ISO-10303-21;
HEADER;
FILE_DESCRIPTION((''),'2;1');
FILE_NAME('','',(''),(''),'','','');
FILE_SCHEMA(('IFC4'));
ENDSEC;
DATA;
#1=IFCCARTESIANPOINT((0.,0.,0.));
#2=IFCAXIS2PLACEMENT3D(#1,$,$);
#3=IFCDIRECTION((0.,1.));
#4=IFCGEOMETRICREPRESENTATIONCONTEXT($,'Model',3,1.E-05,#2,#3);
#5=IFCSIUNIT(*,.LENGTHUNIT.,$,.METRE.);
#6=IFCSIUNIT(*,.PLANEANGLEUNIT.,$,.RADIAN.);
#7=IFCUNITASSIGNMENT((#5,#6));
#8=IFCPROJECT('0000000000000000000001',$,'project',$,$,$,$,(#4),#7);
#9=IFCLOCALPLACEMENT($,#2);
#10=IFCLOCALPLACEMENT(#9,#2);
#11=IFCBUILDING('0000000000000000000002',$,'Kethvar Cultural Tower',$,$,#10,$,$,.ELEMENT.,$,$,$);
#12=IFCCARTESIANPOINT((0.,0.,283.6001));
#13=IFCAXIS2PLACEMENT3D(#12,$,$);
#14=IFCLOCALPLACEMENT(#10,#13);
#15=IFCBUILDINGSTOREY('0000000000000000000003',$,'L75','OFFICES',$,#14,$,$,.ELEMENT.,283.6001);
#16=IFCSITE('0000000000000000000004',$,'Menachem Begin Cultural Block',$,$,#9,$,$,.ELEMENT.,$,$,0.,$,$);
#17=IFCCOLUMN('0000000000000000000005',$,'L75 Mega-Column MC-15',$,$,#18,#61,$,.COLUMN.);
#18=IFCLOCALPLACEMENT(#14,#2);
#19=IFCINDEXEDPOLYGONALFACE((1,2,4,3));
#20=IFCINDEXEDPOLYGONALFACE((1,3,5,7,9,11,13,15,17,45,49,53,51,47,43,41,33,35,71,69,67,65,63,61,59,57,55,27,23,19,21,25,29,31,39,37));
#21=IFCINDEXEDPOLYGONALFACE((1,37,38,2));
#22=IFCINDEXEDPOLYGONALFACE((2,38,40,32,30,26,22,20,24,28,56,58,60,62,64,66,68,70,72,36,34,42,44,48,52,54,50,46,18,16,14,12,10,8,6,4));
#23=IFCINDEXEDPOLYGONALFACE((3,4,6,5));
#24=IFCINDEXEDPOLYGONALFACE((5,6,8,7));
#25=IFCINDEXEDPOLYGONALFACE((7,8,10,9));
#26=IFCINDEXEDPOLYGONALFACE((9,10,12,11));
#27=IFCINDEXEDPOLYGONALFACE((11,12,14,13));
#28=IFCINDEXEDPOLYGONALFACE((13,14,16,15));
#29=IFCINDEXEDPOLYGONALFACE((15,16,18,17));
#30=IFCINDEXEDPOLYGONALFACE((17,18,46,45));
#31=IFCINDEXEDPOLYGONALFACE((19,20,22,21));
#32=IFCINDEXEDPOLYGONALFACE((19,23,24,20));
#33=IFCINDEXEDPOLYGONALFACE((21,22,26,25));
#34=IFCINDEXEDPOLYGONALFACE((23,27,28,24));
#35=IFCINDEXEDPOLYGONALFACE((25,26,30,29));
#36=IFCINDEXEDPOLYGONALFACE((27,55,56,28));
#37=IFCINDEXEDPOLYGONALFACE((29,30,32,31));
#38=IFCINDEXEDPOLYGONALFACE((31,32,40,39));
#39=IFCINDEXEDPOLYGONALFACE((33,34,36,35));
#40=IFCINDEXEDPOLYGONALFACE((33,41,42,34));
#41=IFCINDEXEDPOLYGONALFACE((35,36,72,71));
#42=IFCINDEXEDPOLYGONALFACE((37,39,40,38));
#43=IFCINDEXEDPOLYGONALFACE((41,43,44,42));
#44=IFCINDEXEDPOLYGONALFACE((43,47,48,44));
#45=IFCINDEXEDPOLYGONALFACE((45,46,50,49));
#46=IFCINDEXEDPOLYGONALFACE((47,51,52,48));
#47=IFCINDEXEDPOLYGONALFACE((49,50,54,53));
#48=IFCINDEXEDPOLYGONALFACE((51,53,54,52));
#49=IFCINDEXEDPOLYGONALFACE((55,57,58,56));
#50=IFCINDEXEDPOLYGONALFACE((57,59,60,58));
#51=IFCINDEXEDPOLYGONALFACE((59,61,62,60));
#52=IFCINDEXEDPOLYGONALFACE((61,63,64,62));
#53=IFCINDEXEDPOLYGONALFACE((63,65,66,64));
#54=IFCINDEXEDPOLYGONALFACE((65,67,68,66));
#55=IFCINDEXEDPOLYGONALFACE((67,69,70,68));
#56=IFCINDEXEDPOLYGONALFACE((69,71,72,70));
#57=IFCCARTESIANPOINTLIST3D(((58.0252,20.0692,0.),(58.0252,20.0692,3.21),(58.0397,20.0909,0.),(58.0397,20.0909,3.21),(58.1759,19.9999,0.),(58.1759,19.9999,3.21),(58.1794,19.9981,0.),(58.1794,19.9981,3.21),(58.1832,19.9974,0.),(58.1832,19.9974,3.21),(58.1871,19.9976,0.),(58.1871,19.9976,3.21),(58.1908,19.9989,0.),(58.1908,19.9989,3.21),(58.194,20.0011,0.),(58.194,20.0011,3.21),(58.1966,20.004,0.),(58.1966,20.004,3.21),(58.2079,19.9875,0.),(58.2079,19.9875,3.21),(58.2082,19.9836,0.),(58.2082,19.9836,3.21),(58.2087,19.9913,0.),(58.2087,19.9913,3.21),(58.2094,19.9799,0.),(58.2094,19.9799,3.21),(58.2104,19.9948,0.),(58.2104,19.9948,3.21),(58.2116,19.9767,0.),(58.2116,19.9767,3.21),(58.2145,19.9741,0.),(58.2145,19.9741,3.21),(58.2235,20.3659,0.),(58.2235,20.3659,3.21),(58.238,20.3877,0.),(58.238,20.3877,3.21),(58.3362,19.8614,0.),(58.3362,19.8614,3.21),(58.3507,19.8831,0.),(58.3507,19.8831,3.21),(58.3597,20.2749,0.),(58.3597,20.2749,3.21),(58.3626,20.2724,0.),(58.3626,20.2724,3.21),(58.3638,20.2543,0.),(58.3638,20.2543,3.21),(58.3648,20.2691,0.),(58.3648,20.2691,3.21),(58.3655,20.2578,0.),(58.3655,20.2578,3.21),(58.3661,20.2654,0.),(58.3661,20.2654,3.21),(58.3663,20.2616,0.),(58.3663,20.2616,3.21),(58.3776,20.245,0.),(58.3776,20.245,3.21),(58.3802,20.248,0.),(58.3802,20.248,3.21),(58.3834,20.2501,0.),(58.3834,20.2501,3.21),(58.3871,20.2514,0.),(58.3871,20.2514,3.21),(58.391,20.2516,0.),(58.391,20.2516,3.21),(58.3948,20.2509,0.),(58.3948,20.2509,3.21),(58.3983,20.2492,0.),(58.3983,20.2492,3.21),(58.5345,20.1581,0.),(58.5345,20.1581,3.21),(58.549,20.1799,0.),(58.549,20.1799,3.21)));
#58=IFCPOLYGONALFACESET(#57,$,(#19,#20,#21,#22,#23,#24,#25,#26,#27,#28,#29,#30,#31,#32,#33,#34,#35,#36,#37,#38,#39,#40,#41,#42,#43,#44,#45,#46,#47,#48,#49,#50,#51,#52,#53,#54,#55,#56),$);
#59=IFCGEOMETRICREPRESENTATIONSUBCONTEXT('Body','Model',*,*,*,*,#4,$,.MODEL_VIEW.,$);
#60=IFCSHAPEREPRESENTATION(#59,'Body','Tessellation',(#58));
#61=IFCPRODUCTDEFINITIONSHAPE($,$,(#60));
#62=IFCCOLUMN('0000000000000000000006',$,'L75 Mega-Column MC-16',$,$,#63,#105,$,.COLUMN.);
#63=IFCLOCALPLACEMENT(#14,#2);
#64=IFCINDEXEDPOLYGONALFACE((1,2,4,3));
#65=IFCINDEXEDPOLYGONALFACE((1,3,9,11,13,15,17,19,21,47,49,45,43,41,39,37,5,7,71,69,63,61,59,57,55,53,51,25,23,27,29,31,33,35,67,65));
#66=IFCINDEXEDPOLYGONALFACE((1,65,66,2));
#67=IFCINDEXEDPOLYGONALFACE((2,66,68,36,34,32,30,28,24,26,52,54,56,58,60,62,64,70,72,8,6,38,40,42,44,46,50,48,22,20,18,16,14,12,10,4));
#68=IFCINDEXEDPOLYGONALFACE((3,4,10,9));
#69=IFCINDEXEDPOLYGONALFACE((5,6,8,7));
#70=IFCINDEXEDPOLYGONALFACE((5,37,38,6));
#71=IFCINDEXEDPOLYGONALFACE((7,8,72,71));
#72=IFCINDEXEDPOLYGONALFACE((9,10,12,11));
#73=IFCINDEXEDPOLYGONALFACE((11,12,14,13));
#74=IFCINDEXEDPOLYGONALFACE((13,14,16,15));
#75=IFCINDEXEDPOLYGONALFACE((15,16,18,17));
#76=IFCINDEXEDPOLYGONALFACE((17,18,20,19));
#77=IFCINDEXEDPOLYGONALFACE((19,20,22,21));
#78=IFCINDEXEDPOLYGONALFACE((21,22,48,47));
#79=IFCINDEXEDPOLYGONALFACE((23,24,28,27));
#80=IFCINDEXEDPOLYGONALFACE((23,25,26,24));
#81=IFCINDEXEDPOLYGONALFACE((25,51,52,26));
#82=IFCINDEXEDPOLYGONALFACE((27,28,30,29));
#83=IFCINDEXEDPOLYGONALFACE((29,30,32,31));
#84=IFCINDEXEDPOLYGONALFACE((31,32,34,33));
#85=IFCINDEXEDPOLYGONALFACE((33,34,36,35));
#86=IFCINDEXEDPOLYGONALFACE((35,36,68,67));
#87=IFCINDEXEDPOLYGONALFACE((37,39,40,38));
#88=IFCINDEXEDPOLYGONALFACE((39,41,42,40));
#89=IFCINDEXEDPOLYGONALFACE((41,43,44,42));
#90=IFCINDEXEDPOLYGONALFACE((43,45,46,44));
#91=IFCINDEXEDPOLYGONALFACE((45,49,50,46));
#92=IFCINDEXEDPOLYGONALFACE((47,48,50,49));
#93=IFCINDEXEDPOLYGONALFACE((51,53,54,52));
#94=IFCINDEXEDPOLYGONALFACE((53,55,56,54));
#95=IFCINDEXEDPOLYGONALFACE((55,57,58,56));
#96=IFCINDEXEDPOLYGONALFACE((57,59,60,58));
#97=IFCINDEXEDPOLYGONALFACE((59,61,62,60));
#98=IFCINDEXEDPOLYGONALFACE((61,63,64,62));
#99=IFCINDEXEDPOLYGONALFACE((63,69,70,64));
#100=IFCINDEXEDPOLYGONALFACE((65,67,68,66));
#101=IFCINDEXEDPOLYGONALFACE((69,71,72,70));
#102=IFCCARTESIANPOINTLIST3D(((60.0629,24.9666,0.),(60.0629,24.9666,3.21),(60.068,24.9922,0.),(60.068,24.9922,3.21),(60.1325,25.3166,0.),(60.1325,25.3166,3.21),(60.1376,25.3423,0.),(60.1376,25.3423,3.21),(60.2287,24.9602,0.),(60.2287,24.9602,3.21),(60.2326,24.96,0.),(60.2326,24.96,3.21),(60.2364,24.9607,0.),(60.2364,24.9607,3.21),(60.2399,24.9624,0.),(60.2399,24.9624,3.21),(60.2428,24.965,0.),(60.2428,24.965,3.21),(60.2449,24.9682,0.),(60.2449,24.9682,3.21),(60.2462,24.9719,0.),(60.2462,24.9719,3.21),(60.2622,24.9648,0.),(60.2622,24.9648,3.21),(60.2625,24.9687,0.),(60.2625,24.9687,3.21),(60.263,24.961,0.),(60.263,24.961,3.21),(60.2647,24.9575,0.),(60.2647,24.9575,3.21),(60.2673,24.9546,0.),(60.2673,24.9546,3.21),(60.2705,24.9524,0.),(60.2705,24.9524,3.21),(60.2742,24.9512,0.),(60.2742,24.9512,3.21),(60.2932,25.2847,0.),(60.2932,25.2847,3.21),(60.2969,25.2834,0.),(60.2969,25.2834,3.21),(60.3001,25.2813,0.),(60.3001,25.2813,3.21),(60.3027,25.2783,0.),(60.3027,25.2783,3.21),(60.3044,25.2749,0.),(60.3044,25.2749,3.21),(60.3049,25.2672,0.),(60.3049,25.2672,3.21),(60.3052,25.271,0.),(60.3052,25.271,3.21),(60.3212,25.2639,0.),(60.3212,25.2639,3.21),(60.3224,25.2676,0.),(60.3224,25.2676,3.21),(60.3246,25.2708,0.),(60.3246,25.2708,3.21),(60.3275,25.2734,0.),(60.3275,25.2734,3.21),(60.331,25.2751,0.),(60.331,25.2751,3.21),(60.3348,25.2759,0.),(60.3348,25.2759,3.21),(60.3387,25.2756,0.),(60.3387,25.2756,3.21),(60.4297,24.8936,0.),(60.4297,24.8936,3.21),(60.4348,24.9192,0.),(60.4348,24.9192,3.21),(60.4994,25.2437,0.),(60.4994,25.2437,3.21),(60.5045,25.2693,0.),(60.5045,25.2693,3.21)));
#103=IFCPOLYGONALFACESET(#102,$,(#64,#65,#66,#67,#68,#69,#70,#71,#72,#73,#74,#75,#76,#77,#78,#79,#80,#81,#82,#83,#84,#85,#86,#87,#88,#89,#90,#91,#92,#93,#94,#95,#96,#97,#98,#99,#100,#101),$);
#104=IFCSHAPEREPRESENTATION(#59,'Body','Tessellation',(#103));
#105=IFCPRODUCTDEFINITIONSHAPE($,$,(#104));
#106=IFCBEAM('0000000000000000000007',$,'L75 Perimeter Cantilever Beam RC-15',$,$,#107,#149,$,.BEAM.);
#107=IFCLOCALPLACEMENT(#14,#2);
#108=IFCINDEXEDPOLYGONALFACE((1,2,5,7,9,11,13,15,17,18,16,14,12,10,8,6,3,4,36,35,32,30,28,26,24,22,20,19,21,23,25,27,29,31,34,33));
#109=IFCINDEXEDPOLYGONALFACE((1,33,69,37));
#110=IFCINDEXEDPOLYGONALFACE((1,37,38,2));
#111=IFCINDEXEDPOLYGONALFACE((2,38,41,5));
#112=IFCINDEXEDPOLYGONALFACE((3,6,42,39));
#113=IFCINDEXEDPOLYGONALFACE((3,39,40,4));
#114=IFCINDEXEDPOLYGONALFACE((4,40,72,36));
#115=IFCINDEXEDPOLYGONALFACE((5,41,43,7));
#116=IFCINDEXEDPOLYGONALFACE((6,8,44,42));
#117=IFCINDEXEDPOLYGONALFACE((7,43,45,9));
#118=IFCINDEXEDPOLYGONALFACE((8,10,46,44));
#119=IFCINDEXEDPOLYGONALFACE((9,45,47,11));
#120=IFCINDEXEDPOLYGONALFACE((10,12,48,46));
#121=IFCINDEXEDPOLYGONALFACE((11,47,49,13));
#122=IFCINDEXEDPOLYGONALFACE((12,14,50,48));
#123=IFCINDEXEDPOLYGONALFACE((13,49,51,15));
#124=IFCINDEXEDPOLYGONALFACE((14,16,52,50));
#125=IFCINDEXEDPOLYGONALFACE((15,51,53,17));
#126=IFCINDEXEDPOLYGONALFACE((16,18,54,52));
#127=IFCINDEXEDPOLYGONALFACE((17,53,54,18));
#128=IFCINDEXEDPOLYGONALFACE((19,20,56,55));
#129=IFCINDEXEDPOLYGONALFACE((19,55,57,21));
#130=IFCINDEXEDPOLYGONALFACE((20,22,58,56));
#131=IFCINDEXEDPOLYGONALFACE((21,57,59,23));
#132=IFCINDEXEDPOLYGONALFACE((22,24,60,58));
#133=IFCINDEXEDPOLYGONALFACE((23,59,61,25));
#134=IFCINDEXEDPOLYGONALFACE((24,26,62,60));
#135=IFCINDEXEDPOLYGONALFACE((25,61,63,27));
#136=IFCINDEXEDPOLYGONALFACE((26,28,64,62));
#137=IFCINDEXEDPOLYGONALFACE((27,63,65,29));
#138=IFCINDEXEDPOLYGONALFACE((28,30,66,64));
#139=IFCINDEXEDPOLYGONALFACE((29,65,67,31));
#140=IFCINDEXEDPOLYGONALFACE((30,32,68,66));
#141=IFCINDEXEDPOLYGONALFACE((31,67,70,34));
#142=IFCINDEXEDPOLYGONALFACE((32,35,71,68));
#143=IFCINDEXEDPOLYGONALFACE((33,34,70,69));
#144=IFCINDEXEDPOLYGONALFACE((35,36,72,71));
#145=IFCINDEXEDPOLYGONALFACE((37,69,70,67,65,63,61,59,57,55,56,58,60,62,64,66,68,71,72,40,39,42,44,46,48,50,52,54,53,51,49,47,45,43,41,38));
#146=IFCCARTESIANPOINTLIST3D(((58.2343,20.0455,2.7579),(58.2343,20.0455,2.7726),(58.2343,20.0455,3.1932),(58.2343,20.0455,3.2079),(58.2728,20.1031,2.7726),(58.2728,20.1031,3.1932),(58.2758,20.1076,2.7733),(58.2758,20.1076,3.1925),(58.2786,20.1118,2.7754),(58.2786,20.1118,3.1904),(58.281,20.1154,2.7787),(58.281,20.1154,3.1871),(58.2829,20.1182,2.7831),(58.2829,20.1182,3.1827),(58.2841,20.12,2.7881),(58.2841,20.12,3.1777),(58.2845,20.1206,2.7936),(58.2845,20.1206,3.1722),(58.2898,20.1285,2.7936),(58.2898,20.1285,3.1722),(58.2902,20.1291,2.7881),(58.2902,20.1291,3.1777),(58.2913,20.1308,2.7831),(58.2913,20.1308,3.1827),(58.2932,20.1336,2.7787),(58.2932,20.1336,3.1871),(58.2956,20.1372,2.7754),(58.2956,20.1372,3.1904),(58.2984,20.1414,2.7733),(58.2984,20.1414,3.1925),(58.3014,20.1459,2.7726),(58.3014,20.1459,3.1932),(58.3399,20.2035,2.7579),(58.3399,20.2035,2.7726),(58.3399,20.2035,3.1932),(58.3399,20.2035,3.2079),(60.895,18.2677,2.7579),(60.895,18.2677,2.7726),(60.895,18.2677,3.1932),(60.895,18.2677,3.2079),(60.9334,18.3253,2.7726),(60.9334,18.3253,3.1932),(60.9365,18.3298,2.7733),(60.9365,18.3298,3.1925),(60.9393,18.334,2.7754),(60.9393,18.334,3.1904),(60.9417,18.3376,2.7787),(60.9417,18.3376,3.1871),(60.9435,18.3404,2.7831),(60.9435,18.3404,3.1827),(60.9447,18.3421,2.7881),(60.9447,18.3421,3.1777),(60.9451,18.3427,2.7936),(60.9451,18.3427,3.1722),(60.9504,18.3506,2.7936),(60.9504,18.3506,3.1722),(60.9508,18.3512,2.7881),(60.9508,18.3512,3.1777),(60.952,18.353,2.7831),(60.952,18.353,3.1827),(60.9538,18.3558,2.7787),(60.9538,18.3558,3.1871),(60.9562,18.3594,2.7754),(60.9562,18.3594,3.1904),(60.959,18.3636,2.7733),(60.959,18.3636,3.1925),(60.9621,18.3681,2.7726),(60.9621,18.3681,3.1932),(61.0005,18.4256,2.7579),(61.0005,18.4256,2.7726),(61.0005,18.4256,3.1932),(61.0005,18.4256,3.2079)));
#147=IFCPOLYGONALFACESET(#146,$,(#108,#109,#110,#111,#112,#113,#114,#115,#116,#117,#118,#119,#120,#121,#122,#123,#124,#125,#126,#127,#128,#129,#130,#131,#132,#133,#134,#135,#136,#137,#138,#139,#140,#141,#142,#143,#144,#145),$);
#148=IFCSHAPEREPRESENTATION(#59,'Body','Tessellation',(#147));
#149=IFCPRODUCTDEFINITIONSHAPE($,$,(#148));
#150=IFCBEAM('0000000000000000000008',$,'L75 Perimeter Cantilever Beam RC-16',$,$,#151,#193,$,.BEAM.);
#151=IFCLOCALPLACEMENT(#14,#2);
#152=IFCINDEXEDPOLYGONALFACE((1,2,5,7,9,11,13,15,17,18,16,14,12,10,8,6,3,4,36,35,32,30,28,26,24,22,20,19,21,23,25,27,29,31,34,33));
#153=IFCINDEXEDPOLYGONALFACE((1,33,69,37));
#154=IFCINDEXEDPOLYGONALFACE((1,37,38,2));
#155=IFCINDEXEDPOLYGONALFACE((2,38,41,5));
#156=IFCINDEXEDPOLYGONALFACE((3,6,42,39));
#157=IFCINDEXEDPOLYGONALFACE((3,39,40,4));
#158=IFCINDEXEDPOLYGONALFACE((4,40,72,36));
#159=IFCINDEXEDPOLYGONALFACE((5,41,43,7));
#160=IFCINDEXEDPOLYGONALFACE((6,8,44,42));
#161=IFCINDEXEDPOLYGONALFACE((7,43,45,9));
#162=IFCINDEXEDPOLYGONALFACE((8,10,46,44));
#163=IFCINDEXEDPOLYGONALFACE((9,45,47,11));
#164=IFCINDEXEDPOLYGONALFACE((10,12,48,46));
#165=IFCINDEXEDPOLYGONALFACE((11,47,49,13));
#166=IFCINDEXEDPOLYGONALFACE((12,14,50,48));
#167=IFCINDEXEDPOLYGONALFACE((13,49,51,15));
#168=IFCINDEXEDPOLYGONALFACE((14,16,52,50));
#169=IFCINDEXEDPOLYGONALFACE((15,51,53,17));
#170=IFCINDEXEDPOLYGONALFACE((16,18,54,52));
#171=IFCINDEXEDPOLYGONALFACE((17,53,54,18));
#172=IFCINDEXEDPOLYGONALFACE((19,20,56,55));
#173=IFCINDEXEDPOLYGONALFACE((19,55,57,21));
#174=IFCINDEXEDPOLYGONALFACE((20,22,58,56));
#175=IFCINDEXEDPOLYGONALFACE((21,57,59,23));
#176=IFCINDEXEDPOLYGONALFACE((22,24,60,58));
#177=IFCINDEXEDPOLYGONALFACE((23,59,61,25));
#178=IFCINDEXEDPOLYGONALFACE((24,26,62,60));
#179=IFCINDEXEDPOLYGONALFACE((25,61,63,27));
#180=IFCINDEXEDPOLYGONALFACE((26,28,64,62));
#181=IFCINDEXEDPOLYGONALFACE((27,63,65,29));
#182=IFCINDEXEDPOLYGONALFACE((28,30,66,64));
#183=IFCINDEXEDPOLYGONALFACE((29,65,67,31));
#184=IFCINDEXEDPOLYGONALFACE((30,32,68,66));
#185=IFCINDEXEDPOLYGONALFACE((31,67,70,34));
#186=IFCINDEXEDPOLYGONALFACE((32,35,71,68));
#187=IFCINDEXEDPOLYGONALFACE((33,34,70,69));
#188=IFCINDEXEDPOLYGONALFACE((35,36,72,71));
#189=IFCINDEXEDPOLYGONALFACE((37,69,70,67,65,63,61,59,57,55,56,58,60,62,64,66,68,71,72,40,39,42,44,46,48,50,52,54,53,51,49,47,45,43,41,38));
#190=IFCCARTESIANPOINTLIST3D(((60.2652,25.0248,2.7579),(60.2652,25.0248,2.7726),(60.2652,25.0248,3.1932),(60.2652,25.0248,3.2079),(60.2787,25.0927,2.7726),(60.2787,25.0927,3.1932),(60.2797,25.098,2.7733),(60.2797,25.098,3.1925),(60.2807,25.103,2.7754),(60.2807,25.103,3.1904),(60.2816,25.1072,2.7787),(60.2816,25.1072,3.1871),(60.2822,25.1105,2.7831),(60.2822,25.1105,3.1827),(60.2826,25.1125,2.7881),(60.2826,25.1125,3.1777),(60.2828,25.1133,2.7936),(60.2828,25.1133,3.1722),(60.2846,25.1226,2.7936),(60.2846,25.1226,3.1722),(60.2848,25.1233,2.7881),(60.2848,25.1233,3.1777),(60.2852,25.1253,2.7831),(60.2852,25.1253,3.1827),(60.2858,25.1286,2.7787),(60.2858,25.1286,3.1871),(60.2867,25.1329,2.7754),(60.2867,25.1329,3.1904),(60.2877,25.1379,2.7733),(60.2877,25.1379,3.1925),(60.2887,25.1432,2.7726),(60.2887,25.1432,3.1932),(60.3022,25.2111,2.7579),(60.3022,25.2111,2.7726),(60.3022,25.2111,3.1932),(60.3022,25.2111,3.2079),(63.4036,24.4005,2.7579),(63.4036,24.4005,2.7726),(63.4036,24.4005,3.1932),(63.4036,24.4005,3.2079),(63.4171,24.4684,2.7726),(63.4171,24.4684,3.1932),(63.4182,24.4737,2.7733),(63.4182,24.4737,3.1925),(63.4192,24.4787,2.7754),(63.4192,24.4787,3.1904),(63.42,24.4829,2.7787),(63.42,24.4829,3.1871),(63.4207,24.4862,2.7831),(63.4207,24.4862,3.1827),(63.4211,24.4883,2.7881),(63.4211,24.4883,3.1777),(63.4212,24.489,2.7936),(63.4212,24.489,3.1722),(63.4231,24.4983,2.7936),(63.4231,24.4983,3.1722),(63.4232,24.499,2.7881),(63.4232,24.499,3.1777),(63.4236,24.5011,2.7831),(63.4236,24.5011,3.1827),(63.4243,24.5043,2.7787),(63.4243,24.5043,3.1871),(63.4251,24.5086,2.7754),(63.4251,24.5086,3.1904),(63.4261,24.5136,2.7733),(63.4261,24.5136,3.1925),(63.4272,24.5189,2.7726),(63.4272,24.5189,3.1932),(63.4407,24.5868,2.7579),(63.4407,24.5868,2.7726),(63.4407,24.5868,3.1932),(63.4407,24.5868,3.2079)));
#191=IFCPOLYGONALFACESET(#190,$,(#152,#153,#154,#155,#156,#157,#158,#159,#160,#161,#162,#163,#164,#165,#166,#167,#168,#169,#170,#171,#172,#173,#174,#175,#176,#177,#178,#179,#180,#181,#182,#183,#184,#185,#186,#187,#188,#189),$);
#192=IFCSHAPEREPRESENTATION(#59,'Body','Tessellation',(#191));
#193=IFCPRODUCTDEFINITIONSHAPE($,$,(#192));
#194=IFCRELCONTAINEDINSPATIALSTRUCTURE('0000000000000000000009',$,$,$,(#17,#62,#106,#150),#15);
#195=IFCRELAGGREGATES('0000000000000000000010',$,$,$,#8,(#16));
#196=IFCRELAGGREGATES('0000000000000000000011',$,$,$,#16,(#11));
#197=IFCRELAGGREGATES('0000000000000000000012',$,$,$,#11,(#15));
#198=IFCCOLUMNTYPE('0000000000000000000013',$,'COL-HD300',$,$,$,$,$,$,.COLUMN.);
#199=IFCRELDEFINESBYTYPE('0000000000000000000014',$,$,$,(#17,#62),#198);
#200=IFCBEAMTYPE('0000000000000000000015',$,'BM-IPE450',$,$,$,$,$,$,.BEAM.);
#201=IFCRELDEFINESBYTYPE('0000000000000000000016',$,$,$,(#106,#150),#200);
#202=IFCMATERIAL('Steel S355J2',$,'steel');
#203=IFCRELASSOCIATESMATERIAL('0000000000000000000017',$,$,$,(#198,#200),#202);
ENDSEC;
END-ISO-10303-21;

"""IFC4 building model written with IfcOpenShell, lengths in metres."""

from ifc_helpers import new_model, si_unit, direction, frame, origin, origin_2d, place, context, subcontext, project, spatial, i_section, extrude, source, transform, mapped, material, material_profile, profile_set, type_object, element, save


model = new_model("IFC4")

# Units and contexts
model_context = context("Model", 3, precision=1e-05, world=origin(), true_north=direction((0.0, 1.0)))
body_context = subcontext(model_context, "Body", "Model", "MODEL_VIEW")
ifc_project = project(units=[si_unit("LENGTHUNIT", "METRE"), si_unit("PLANEANGLEUNIT", "RADIAN")], contexts=[model_context])

# Site, building, storey
site_placement = place(None, origin())
site = spatial("IfcSite", under=ifc_project, at=site_placement, Name="Menachem Begin Cultural Block", CompositionType="ELEMENT", RefElevation=0.0)
building_placement = place(site_placement, origin())
building = spatial("IfcBuilding", under=site, at=building_placement, Name="Kethvar Cultural Tower", CompositionType="ELEMENT")
storey_placement = place(building_placement, frame((0.0, 0.0, 283.6001)))
storey = spatial("IfcBuildingStorey", under=building, at=storey_placement, Name="L75", Description="OFFICES", CompositionType="ELEMENT", Elevation=283.6001)

# Columns
ifc_material_1 = material(Name="Steel S355J2", Category="steel")
ifc_material_profile_1 = material_profile(ifc_material_1, i_section(OverallWidth=0.374, OverallDepth=0.3831, WebThickness=0.0166, FlangeThickness=0.0261, FilletRadius=0.0149, at=origin_2d()), Name="Steel S355J2 — HD360x300")
ifc_profile_set_1 = profile_set([ifc_material_profile_1], Name="Steel S355J2 — HD360x300")
column_type = type_object("IfcColumnType", Name="COL-HD300", PredefinedType="COLUMN", material=ifc_profile_set_1)
shared_shape_1 = source(origin(), body_context, "Body", "SweptSolid", [
    extrude(i_section(OverallWidth=0.374, OverallDepth=0.3831, WebThickness=0.0166, FlangeThickness=0.0261, FilletRadius=0.0149, at=origin_2d()), origin(), (0.0, 0.0, 1.0), 3.21),
])
for number, where, z_axis, x_axis, name in (
    (1, (58.2871, 20.1245, 0.0), (0.0, 0.0, 1.0), (0.83147, -0.55557, 0.0), "L75 Mega-Column MC-15"),
    (2, (60.2837, 25.1179, 0.0), (0.0, 0.0, 1.0), (0.980785, -0.19509, 0.0), "L75 Mega-Column MC-16"),
):
    element("IfcColumn", number, at=place(storey_placement, frame(where, z_axis=z_axis, x_axis=x_axis)), inside=storey, type_object=column_type, Name=name, PredefinedType="COLUMN", context=body_context, shape_type="MappedRepresentation", body=[
        mapped(shared_shape_1, transform((0.0, 0.0, 0.0), scale=1.0)),
    ])

# Beams
ifc_material_profile_2 = material_profile(ifc_material_1, i_section(OverallWidth=0.1899, OverallDepth=0.45, WebThickness=0.0095, FlangeThickness=0.0146, FilletRadius=0.021, at=origin_2d()), Name="Steel S355J2 — IPE450")
ifc_profile_set_2 = profile_set([ifc_material_profile_2], Name="Steel S355J2 — IPE450")
beam_type_1 = type_object("IfcBeamType", Name="BM-IPE450", PredefinedType="BEAM", material=ifc_profile_set_2)
shared_shape_2 = source(origin(), body_context, "Body", "SweptSolid", [
    extrude(i_section(OverallWidth=0.1899, OverallDepth=0.45, WebThickness=0.0095, FlangeThickness=0.0146, FilletRadius=0.021, at=origin_2d()), origin(), (0.0, 0.0, 1.0), 3.2),
])
for number, where, z_axis, x_axis, name in (
    (3, (58.2871, 20.1245, 2.9829), (0.831463, -0.55558, 0.0), (0.55558, 0.831463, 0.0), "L75 Perimeter Cantilever Beam RC-15"),
    (4, (60.2837, 25.1179, 2.9829), (0.980786, -0.195089, 0.0), (0.195089, 0.980786, 0.0), "L75 Perimeter Cantilever Beam RC-16"),
):
    element("IfcBeam", number, at=place(storey_placement, frame(where, z_axis=z_axis, x_axis=x_axis)), inside=storey, type_object=beam_type_1, Name=name, PredefinedType="BEAM", context=body_context, shape_type="MappedRepresentation", body=[
        mapped(shared_shape_2, transform((0.0, 0.0, 0.0), scale=1.0)),
    ])

save(model, "model.ifc")
